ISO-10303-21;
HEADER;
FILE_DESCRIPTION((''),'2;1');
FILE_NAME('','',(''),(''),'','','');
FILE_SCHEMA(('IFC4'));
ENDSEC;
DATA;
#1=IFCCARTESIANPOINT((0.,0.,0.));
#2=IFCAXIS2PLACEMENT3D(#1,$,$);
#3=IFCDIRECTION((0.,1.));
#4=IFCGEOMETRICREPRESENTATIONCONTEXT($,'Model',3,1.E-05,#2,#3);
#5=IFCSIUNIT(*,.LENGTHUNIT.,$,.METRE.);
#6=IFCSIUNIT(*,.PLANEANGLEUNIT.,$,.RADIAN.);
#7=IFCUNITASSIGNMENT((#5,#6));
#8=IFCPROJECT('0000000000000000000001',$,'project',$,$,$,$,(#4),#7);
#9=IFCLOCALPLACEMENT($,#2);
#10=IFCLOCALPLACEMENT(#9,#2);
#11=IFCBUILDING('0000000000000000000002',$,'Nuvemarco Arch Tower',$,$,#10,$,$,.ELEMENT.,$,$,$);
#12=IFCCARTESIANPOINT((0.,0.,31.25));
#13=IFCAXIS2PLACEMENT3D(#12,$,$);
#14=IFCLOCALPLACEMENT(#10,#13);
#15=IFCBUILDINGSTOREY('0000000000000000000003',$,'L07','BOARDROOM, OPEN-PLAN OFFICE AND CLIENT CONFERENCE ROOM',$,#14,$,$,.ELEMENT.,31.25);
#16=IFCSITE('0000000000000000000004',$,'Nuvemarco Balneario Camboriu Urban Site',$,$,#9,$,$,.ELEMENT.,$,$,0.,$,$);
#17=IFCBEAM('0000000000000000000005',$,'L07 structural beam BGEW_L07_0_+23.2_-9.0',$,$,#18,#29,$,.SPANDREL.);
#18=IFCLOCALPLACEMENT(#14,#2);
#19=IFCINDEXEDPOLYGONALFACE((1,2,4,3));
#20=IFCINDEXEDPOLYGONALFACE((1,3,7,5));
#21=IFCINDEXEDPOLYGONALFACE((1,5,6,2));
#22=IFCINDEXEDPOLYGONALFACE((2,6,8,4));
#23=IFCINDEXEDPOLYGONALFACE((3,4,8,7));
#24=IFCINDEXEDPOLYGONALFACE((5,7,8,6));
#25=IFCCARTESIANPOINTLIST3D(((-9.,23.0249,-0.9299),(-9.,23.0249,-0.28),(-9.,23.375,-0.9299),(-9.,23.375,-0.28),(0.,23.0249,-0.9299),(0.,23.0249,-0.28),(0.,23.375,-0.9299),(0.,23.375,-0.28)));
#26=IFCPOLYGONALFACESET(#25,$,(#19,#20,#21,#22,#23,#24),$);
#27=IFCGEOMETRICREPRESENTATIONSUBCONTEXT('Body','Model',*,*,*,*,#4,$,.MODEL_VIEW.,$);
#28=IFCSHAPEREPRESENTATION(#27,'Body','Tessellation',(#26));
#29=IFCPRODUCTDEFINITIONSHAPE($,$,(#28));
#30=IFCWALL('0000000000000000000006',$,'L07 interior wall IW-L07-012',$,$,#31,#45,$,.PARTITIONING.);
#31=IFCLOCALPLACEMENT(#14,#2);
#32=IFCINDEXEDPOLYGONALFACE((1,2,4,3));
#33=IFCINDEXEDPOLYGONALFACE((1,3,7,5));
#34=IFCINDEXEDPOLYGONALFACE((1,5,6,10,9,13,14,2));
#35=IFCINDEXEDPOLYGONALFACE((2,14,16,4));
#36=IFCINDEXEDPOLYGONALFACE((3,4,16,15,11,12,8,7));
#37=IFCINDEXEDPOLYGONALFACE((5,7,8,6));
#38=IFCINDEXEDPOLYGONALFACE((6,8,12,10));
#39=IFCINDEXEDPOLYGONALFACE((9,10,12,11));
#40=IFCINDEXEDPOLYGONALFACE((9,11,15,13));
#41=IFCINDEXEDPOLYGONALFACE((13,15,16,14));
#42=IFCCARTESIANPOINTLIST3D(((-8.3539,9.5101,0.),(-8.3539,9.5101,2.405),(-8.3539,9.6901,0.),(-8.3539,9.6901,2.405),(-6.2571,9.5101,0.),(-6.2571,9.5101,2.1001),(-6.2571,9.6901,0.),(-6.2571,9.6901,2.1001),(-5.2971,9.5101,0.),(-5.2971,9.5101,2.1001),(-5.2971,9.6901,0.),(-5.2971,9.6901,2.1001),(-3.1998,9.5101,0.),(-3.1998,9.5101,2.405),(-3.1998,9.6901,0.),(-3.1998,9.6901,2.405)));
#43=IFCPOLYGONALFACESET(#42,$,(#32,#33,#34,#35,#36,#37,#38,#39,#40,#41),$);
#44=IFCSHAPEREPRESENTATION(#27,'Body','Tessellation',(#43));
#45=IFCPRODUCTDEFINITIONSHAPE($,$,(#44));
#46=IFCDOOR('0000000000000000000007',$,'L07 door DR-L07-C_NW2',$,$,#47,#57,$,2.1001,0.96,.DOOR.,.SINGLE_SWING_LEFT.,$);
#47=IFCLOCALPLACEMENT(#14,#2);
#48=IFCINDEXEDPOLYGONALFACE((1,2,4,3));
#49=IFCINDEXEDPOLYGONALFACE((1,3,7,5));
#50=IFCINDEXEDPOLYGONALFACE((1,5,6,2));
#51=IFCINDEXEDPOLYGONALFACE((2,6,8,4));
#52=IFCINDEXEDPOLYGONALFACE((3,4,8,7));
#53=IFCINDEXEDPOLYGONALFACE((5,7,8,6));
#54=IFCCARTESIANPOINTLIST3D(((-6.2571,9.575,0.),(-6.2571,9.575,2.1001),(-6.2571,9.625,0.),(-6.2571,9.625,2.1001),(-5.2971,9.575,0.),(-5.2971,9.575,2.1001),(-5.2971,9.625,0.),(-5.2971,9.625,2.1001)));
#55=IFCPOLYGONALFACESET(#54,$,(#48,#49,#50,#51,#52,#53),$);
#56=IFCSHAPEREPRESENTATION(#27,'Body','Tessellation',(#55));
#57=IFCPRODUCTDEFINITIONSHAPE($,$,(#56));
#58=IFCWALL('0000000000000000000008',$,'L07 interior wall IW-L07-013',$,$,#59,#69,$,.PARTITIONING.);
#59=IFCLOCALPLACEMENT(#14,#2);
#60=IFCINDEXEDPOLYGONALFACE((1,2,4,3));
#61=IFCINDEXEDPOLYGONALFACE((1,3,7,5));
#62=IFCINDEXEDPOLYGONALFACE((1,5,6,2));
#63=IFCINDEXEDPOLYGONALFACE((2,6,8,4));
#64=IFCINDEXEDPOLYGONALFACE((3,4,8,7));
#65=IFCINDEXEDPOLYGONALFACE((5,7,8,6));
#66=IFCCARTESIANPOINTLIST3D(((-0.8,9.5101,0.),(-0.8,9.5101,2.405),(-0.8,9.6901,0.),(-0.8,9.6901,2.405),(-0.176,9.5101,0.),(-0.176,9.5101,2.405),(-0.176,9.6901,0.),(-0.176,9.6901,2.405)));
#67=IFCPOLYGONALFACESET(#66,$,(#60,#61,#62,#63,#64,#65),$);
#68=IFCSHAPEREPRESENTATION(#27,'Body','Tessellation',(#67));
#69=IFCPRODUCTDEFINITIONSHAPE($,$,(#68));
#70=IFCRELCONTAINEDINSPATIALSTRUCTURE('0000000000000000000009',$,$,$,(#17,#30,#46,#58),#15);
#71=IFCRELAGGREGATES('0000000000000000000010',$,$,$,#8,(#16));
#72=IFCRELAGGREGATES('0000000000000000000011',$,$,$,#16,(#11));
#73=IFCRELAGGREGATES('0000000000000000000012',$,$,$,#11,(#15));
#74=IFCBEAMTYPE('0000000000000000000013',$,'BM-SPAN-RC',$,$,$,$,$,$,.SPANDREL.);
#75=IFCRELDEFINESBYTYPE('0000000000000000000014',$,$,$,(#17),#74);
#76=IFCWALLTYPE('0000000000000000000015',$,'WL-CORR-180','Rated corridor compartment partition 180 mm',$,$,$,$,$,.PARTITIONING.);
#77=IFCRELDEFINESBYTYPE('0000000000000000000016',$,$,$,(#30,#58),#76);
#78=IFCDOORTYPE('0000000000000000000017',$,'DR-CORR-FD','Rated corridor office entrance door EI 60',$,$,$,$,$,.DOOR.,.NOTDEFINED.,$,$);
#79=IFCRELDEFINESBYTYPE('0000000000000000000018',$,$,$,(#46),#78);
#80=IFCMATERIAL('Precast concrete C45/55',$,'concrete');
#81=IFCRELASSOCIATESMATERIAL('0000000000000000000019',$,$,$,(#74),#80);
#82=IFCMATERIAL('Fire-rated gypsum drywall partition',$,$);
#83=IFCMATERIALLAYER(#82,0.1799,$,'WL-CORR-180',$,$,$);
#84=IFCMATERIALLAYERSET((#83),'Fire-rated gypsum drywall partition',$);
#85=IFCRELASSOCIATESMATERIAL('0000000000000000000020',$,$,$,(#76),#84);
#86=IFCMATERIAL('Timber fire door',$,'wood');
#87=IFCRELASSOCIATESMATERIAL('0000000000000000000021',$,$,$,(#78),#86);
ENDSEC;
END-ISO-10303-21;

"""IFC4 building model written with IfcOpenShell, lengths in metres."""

from ifc_helpers import new_model, si_unit, direction, frame, frame_2d, origin, origin_2d, place, context, subcontext, project, spatial, rectangle, extrude, source, transform, mapped, material, layer, layer_set, material_profile, profile_set, type_object, type_shapes, element, fill, save


model = new_model("IFC4")

# Units and contexts
model_context = context("Model", 3, precision=1e-05, world=origin(), true_north=direction((0.0, 1.0)))
body_context = subcontext(model_context, "Body", "Model", "MODEL_VIEW")
ifc_project = project(units=[si_unit("LENGTHUNIT", "METRE"), si_unit("PLANEANGLEUNIT", "RADIAN")], contexts=[model_context])

# Site, building, storey
site_placement = place(None, origin())
site = spatial("IfcSite", under=ifc_project, at=site_placement, Name="Nuvemarco Balneario Camboriu Urban Site", CompositionType="ELEMENT", RefElevation=0.0)
building_placement = place(site_placement, origin())
building = spatial("IfcBuilding", under=site, at=building_placement, Name="Nuvemarco Arch Tower", CompositionType="ELEMENT")
storey_placement = place(building_placement, frame((0.0, 0.0, 31.25)))
storey = spatial("IfcBuildingStorey", under=building, at=storey_placement, Name="L07", Description="BOARDROOM, OPEN-PLAN OFFICE AND CLIENT CONFERENCE ROOM", CompositionType="ELEMENT", Elevation=31.25)

# Beam
ifc_material_1 = material(Name="Precast concrete C45/55", Category="concrete")
ifc_material_profile_1 = material_profile(ifc_material_1, rectangle(XDim=0.3501, YDim=0.6499, at=origin_2d()), Name="PC-SP-350x650")
ifc_profile_set_1 = profile_set([ifc_material_profile_1], Name="Precast concrete C45/55")
beam_type_1 = type_object("IfcBeamType", Name="BM-SPAN-RC", PredefinedType="SPANDREL", material=ifc_profile_set_1)
beam_1_placement = place(storey_placement, frame((-9.0, 23.2, -0.605), z_axis=(1.0, 0.0, 0.0), x_axis=(0.0, 1.0, 0.0)))
element("IfcBeam", 1, at=beam_1_placement, inside=storey, type_object=beam_type_1, Name="L07 structural beam BGEW_L07_0_+23.2_-9.0", PredefinedType="SPANDREL", context=body_context, shape_type="SweptSolid", body=[
    extrude(rectangle(XDim=0.3501, YDim=0.6499, at=origin_2d()), origin(), (0.0, 0.0, 1.0), 9.0),
])

# Wall, opening, door
ifc_material_2 = material(Name="Fire-rated gypsum drywall partition")
ifc_layer_1 = layer(ifc_material_2, 0.1799, Name="WL-CORR-180")
ifc_layer_set_1 = layer_set([ifc_layer_1], Name="Fire-rated gypsum drywall partition")
wall_type_1 = type_object("IfcWallType", Name="WL-CORR-180", Description="Rated corridor compartment partition 180 mm", PredefinedType="PARTITIONING", material=ifc_layer_set_1)
wall_1_placement = place(storey_placement, frame((-8.354, 9.6001, 0.0), z_axis=(0.0, 0.0, 1.0), x_axis=(1.0, 0.0, 0.0)))
wall_1 = element("IfcWall", 2, at=wall_1_placement, inside=storey, type_object=wall_type_1, Name="L07 interior wall IW-L07-012", PredefinedType="PARTITIONING", context=body_context, shape_type="SweptSolid", body=[
    extrude(rectangle(XDim=5.1541, YDim=0.1799, at=frame_2d((2.5771, 0.0))), origin(), (0.0, 0.0, 1.0), 2.405),
])
opening_1_placement = place(wall_1_placement, frame((2.0969, 0.0, 0.0)))
opening_1 = element("IfcOpeningElement", 3, at=opening_1_placement, cuts=wall_1, PredefinedType="OPENING", context=body_context, shape_type="SweptSolid", body=[
    extrude(rectangle(XDim=0.96, YDim=2.1001, at=frame_2d((0.48, 1.05))), frame((0.0, 0.0999, 0.0), z_axis=(0.0, -1.0, 0.0), x_axis=(1.0, 0.0, 0.0)), (0.0, 0.0, 1.0), 0.2),
])
ifc_material_3 = material(Name="Timber fire door", Category="wood")
door_type = type_object("IfcDoorType", Name="DR-CORR-FD", Description="Rated corridor office entrance door EI 60", OperationType="NOTDEFINED", PredefinedType="DOOR", material=ifc_material_3)
shared_shape_1 = source(origin(), body_context, "Body", "SweptSolid", [
    extrude(rectangle(XDim=0.96, YDim=2.1001, at=frame_2d((0.48, 1.05))), frame((0.0, 0.0249, 0.0), z_axis=(0.0, -1.0, 0.0), x_axis=(1.0, 0.0, 0.0)), (0.0, 0.0, 1.0), 0.05),
])
type_shapes(door_type, [shared_shape_1])
door_1_placement = place(opening_1_placement, origin())
door_1 = element("IfcDoor", 4, at=door_1_placement, inside=storey, type_object=door_type, Name="L07 door DR-L07-C_NW2", OperationType="SINGLE_SWING_LEFT", OverallHeight=2.1001, OverallWidth=0.96, PredefinedType="DOOR", context=body_context, shape_type="MappedRepresentation", body=[
    mapped(shared_shape_1, transform((0.0, 0.0, 0.0), scale=1.0)),
])
fill(opening_1, door_1)

# Wall
wall_2_placement = place(storey_placement, frame((-0.8, 9.6001, 0.0), z_axis=(0.0, 0.0, 1.0), x_axis=(1.0, 0.0, 0.0)))
element("IfcWall", 5, at=wall_2_placement, inside=storey, type_object=wall_type_1, Name="L07 interior wall IW-L07-013", PredefinedType="PARTITIONING", context=body_context, shape_type="SweptSolid", body=[
    extrude(rectangle(XDim=0.624, YDim=0.1799, at=frame_2d((0.312, 0.0))), origin(), (0.0, 0.0, 1.0), 2.405),
])

save(model, "model.ifc")
